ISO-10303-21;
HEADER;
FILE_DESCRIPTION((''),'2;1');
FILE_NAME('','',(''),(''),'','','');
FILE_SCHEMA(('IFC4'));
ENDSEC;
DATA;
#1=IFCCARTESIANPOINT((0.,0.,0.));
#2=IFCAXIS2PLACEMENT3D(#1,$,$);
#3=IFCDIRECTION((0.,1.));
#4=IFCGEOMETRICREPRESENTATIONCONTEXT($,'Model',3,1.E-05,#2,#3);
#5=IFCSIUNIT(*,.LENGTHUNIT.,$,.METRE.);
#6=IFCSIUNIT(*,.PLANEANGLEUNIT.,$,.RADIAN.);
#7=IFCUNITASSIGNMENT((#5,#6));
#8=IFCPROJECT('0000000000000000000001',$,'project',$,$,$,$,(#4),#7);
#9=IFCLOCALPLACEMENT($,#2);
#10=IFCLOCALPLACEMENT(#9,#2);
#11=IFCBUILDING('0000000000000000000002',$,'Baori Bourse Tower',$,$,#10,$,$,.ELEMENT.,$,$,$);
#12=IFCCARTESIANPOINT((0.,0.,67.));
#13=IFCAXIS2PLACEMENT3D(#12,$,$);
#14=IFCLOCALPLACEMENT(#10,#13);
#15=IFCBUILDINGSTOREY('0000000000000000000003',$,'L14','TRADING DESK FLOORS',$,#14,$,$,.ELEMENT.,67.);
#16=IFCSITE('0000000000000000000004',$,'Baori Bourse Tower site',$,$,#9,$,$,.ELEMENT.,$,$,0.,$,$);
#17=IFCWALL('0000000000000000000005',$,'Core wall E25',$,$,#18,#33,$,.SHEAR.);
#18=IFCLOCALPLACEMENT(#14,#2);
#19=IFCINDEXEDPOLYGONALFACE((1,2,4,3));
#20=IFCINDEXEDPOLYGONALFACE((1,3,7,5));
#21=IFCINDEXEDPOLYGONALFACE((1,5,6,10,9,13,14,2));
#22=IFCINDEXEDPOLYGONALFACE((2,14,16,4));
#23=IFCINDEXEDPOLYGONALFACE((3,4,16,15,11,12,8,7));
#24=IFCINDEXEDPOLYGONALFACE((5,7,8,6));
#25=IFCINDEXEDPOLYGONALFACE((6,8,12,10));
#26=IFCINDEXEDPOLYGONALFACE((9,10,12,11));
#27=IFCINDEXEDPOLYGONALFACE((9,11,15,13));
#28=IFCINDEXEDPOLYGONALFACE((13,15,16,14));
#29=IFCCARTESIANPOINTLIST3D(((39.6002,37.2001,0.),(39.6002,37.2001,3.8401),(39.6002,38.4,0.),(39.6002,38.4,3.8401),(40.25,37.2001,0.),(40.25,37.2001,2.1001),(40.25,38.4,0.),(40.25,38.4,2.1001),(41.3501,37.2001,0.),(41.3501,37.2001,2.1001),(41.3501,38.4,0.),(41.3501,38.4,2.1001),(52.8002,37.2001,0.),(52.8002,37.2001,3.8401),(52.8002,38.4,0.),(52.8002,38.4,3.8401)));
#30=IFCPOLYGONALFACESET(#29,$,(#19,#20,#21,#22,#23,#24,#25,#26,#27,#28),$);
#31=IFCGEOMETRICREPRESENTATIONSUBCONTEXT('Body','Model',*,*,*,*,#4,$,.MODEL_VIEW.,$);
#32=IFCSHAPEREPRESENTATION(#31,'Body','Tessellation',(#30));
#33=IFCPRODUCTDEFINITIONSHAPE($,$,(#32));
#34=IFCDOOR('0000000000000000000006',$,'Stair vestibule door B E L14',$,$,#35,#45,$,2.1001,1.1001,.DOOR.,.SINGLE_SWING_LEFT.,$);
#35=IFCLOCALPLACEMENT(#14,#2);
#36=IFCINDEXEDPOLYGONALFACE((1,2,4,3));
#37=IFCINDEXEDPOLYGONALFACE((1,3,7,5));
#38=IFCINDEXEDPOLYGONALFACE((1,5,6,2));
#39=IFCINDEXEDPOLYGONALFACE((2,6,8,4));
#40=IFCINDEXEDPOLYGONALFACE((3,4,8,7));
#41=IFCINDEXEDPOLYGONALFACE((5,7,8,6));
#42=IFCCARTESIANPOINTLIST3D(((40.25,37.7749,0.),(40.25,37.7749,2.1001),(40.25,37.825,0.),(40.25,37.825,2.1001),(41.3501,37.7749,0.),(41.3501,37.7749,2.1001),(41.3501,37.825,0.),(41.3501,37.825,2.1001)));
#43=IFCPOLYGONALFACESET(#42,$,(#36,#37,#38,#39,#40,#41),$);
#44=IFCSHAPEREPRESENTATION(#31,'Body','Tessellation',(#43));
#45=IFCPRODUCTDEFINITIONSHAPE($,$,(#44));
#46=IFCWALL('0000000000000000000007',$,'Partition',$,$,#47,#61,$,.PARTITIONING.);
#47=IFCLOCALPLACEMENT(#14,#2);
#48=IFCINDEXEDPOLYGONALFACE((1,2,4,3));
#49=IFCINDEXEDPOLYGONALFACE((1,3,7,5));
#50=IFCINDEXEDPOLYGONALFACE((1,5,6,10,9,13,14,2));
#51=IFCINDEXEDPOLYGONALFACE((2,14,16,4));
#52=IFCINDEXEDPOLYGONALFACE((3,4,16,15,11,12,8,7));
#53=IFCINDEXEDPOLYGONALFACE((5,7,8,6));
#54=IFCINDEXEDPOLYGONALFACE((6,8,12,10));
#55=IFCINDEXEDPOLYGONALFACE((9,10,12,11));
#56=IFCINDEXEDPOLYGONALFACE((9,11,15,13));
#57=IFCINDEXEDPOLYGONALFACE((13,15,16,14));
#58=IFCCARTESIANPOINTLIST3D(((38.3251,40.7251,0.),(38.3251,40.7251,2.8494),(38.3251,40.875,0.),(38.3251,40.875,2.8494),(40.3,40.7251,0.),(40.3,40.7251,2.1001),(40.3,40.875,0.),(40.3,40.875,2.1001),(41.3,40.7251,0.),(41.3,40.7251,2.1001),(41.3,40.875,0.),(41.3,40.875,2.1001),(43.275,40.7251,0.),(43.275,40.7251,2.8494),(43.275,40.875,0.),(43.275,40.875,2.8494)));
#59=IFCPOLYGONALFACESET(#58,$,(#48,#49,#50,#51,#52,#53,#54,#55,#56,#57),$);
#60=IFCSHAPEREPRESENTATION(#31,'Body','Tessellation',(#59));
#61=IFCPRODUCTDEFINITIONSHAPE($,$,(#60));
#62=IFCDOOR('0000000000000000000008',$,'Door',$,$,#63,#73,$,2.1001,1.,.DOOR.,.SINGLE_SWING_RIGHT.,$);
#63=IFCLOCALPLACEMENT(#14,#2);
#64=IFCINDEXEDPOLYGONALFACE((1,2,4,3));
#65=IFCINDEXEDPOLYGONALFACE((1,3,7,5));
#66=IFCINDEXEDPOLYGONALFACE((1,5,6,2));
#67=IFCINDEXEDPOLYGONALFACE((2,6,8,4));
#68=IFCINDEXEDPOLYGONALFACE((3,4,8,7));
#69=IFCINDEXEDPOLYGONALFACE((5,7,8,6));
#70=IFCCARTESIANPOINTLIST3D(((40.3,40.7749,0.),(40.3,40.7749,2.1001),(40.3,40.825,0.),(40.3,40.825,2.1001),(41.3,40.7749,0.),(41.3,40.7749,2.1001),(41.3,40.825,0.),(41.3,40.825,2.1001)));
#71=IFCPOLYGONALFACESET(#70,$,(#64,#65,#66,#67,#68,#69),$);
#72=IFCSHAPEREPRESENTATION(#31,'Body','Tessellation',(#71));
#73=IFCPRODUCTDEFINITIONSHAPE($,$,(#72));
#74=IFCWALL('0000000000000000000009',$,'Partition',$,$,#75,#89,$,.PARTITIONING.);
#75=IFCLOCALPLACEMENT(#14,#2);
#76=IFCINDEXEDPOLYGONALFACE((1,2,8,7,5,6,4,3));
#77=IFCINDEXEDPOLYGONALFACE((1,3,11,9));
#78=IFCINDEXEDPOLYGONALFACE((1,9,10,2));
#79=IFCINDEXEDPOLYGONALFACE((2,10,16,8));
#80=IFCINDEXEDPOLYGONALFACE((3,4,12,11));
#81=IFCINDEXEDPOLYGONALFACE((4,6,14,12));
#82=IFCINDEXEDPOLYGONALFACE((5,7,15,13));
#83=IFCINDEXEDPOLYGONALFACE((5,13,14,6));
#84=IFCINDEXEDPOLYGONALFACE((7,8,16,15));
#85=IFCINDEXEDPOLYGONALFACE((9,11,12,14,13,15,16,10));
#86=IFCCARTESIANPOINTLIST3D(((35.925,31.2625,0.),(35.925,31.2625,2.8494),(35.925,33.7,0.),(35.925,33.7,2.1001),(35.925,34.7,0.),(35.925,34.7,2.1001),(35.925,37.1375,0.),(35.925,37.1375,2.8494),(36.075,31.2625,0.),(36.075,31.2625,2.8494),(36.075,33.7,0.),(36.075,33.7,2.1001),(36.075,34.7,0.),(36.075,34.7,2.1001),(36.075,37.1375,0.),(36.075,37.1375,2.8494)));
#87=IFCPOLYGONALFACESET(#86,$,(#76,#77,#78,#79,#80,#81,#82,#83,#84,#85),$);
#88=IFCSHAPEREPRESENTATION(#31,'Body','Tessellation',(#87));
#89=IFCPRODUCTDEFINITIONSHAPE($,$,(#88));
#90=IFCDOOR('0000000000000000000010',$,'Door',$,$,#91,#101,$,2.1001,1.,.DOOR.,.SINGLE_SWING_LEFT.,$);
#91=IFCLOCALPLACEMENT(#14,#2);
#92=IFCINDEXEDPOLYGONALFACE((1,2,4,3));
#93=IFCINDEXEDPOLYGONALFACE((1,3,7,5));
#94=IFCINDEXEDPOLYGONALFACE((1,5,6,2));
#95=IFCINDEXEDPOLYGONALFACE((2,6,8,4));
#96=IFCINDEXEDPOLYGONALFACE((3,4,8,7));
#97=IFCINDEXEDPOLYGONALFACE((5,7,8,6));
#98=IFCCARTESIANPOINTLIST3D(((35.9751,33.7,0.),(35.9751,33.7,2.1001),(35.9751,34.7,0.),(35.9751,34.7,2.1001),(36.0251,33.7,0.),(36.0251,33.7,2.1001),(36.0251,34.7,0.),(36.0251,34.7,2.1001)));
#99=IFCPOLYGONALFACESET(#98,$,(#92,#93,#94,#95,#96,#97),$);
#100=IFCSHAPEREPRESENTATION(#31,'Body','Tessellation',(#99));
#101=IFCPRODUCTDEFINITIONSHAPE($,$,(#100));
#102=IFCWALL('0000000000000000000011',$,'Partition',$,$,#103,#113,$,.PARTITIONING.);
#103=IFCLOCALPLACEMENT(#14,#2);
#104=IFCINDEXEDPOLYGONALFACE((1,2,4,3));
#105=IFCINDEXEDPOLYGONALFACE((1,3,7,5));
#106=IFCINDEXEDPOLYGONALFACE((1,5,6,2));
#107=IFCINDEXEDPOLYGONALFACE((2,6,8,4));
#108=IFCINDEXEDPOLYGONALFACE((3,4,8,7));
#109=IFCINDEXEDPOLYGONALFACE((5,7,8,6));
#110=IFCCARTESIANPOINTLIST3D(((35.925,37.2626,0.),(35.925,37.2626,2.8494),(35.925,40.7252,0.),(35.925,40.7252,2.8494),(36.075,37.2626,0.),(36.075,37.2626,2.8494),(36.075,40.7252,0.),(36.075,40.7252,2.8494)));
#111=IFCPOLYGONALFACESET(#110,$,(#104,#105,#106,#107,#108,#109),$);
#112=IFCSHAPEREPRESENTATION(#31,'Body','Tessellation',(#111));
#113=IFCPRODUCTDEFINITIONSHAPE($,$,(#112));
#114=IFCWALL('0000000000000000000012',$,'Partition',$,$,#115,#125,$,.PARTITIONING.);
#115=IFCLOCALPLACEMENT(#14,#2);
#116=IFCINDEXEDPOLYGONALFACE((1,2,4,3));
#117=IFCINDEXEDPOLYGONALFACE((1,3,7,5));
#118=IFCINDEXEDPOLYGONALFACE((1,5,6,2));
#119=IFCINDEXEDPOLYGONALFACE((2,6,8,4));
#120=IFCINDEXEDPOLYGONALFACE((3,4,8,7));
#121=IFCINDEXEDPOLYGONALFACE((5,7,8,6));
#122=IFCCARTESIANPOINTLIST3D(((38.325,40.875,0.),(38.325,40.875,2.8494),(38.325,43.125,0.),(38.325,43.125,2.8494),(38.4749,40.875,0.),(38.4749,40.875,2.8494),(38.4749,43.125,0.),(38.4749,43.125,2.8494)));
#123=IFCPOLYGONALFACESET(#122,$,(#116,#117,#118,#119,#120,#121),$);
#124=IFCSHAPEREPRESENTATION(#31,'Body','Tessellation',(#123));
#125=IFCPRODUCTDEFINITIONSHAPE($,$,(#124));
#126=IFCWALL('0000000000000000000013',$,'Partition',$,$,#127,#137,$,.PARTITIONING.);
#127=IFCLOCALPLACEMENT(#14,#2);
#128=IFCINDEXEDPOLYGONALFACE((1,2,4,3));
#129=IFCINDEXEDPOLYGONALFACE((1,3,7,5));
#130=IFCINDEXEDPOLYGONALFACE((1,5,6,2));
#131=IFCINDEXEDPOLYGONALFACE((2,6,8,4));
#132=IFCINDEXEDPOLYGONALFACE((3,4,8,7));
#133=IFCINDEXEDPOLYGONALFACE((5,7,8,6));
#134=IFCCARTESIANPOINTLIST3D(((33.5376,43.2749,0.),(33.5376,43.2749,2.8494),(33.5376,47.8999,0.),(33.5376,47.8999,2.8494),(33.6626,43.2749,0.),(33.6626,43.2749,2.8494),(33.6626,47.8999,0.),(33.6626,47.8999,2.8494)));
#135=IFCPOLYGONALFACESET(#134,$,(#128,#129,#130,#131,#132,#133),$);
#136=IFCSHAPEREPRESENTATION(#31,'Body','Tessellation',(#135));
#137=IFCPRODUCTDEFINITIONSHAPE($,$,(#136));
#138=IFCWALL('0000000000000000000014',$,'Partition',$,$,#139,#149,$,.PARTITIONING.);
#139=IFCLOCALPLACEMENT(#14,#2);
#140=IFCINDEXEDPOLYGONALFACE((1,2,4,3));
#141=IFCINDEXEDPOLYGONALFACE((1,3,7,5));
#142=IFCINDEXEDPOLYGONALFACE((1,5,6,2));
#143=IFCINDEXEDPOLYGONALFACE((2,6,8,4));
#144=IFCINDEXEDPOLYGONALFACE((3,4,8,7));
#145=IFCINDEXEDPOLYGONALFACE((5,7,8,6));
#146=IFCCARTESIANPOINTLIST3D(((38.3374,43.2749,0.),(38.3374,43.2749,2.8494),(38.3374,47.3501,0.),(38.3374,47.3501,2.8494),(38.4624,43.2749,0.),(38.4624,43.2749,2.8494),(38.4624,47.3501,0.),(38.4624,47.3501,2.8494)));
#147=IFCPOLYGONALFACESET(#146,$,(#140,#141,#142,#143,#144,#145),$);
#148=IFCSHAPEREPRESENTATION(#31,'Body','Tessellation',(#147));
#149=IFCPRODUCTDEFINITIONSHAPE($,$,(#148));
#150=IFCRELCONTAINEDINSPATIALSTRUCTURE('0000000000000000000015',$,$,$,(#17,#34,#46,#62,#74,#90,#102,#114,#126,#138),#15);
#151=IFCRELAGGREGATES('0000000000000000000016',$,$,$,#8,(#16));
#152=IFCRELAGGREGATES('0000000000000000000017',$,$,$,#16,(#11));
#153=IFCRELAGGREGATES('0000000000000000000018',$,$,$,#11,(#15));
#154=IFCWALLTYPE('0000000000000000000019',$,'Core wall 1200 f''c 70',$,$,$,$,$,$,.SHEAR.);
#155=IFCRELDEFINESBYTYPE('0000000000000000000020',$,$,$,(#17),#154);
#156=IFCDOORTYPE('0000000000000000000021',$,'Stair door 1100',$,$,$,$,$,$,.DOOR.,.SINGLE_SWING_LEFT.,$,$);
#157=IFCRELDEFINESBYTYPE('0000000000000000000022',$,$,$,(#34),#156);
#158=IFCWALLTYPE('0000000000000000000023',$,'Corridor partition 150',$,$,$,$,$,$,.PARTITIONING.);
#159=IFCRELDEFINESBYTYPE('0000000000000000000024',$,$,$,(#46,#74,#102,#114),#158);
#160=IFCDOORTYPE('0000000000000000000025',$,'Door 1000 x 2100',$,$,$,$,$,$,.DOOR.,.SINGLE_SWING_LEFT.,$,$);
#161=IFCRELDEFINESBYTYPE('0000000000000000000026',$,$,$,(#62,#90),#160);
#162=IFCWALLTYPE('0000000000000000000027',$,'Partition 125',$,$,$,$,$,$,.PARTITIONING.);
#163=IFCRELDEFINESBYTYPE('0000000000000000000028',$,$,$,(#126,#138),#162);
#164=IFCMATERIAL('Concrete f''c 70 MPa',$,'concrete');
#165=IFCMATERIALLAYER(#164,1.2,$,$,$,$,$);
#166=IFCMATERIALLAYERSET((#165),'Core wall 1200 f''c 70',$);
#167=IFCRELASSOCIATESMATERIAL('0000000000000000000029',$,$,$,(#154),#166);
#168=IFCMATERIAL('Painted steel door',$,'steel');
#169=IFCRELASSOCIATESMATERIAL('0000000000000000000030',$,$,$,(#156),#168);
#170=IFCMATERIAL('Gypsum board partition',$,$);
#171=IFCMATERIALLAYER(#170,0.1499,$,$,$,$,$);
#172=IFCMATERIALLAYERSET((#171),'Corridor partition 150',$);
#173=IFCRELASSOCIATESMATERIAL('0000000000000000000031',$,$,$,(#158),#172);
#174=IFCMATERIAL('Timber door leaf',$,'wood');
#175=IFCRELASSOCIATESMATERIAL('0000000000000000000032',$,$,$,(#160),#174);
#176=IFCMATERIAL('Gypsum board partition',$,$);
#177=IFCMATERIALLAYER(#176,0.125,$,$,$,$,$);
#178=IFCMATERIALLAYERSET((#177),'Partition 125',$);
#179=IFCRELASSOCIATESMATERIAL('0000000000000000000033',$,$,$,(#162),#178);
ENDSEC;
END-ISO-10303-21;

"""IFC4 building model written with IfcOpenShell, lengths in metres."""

from ifc_helpers import new_model, si_unit, direction, frame, frame_2d, origin, place, context, subcontext, project, spatial, rectangle, extrude, material, layer, layer_set, type_object, element, fill, save


model = new_model("IFC4")

# Units and contexts
model_context = context("Model", 3, precision=1e-05, world=origin(), true_north=direction((0.0, 1.0)))
body_context = subcontext(model_context, "Body", "Model", "MODEL_VIEW")
ifc_project = project(units=[si_unit("LENGTHUNIT", "METRE"), si_unit("PLANEANGLEUNIT", "RADIAN")], contexts=[model_context])

# Site, building, storey
site_placement = place(None, origin())
site = spatial("IfcSite", under=ifc_project, at=site_placement, Name="Baori Bourse Tower site", CompositionType="ELEMENT", RefElevation=0.0)
building_placement = place(site_placement, origin())
building = spatial("IfcBuilding", under=site, at=building_placement, Name="Baori Bourse Tower", CompositionType="ELEMENT")
storey_placement = place(building_placement, frame((0.0, 0.0, 67.0)))
storey = spatial("IfcBuildingStorey", under=building, at=storey_placement, Name="L14", Description="TRADING DESK FLOORS", CompositionType="ELEMENT", Elevation=67.0)

# Walls, openings, doors
ifc_material_1 = material(Name="Concrete f'c 70 MPa", Category="concrete")
ifc_layer_1 = layer(ifc_material_1, 1.2)
ifc_layer_set_1 = layer_set([ifc_layer_1], Name="Core wall 1200 f'c 70")
wall_type_1 = type_object("IfcWallType", Name="Core wall 1200 f'c 70", PredefinedType="SHEAR", material=ifc_layer_set_1)
wall_1_placement = place(storey_placement, frame((39.6001, 37.8, 0.0), z_axis=(0.0, 0.0, 1.0), x_axis=(1.0, 0.0, 0.0)))
wall_1 = element("IfcWall", 1, at=wall_1_placement, inside=storey, type_object=wall_type_1, Name="Core wall E25", PredefinedType="SHEAR", context=body_context, shape_type="SweptSolid", body=[
    extrude(rectangle(XDim=13.2, YDim=1.2, at=frame_2d((6.6001, 0.0))), origin(), (0.0, 0.0, 1.0), 3.8401),
])
opening_1_placement = place(wall_1_placement, frame((0.6499, 0.0, 0.0)))
opening_1 = element("IfcOpeningElement", 2, at=opening_1_placement, cuts=wall_1, PredefinedType="OPENING", context=body_context, shape_type="SweptSolid", body=[
    extrude(rectangle(XDim=1.1001, YDim=2.1001, at=frame_2d((0.55, 1.05))), frame((0.0, 0.6099, 0.0), z_axis=(0.0, -1.0, 0.0), x_axis=(1.0, 0.0, 0.0)), (0.0, 0.0, 1.0), 1.22),
])
ifc_material_2 = material(Name="Painted steel door", Category="steel")
door_type_1 = type_object("IfcDoorType", Name="Stair door 1100", OperationType="SINGLE_SWING_LEFT", PredefinedType="DOOR", material=ifc_material_2)
door_1_placement = place(opening_1_placement, origin())
door_1 = element("IfcDoor", 3, at=door_1_placement, inside=storey, type_object=door_type_1, Name="Stair vestibule door B E L14", OperationType="SINGLE_SWING_LEFT", OverallHeight=2.1001, OverallWidth=1.1001, PredefinedType="DOOR", context=body_context, shape_type="SweptSolid", body=[
    extrude(rectangle(XDim=1.1001, YDim=2.1001, at=frame_2d((0.55, 1.05))), frame((0.0, 0.0249, 0.0), z_axis=(0.0, -1.0, 0.0), x_axis=(1.0, 0.0, 0.0)), (0.0, 0.0, 1.0), 0.05),
])
fill(opening_1, door_1)
ifc_material_3 = material(Name="Gypsum board partition")
ifc_layer_2 = layer(ifc_material_3, 0.1499)
ifc_layer_set_2 = layer_set([ifc_layer_2], Name="Corridor partition 150")
wall_type_2 = type_object("IfcWallType", Name="Corridor partition 150", PredefinedType="PARTITIONING", material=ifc_layer_set_2)
wall_2_placement = place(storey_placement, frame((38.325, 40.8, 0.0), z_axis=(0.0, 0.0, 1.0), x_axis=(1.0, 0.0, 0.0)))
wall_2 = element("IfcWall", 4, at=wall_2_placement, inside=storey, type_object=wall_type_2, Name="Partition", PredefinedType="PARTITIONING", context=body_context, shape_type="SweptSolid", body=[
    extrude(rectangle(XDim=4.95, YDim=0.1499, at=frame_2d((2.4751, 0.0))), origin(), (0.0, 0.0, 1.0), 2.8494),
])
opening_2_placement = place(wall_2_placement, frame((1.9751, 0.0, 0.0)))
opening_2 = element("IfcOpeningElement", 5, at=opening_2_placement, cuts=wall_2, PredefinedType="OPENING", context=body_context, shape_type="SweptSolid", body=[
    extrude(rectangle(XDim=1.0, YDim=2.1001, at=frame_2d((0.5, 1.05))), frame((0.0, 0.085, 0.0), z_axis=(0.0, -1.0, 0.0), x_axis=(1.0, 0.0, 0.0)), (0.0, 0.0, 1.0), 0.1699),
])
ifc_material_4 = material(Name="Timber door leaf", Category="wood")
door_type_2 = type_object("IfcDoorType", Name="Door 1000 x 2100", OperationType="SINGLE_SWING_LEFT", PredefinedType="DOOR", material=ifc_material_4)
door_2_placement = place(opening_2_placement, origin())
door_2 = element("IfcDoor", 6, at=door_2_placement, inside=storey, type_object=door_type_2, Name="Door", OperationType="SINGLE_SWING_RIGHT", OverallHeight=2.1001, OverallWidth=1.0, PredefinedType="DOOR", context=body_context, shape_type="SweptSolid", body=[
    extrude(rectangle(XDim=1.0, YDim=2.1001, at=frame_2d((0.5, 1.05))), frame((0.0, 0.0249, 0.0), z_axis=(0.0, -1.0, 0.0), x_axis=(1.0, 0.0, 0.0)), (0.0, 0.0, 1.0), 0.05),
])
fill(opening_2, door_2)
wall_3_placement = place(storey_placement, frame((36.0, 31.2625, 0.0), z_axis=(0.0, 0.0, 1.0), x_axis=(0.0, 1.0, 0.0)))
wall_3 = element("IfcWall", 7, at=wall_3_placement, inside=storey, type_object=wall_type_2, Name="Partition", PredefinedType="PARTITIONING", context=body_context, shape_type="SweptSolid", body=[
    extrude(rectangle(XDim=5.875, YDim=0.1499, at=frame_2d((2.9375, 0.0))), origin(), (0.0, 0.0, 1.0), 2.8494),
])
opening_3_placement = place(wall_3_placement, frame((2.4375, 0.0, 0.0)))
opening_3 = element("IfcOpeningElement", 8, at=opening_3_placement, cuts=wall_3, PredefinedType="OPENING", context=body_context, shape_type="SweptSolid", body=[
    extrude(rectangle(XDim=1.0, YDim=2.1001, at=frame_2d((0.5, 1.05))), frame((0.0, 0.085, 0.0), z_axis=(0.0, -1.0, 0.0), x_axis=(1.0, 0.0, 0.0)), (0.0, 0.0, 1.0), 0.1699),
])
door_3_placement = place(opening_3_placement, origin())
door_3 = element("IfcDoor", 9, at=door_3_placement, inside=storey, type_object=door_type_2, Name="Door", OperationType="SINGLE_SWING_LEFT", OverallHeight=2.1001, OverallWidth=1.0, PredefinedType="DOOR", context=body_context, shape_type="SweptSolid", body=[
    extrude(rectangle(XDim=1.0, YDim=2.1001, at=frame_2d((0.5, 1.05))), frame((0.0, 0.0249, 0.0), z_axis=(0.0, -1.0, 0.0), x_axis=(1.0, 0.0, 0.0)), (0.0, 0.0, 1.0), 0.05),
])
fill(opening_3, door_3)

# Walls
wall_4_placement = place(storey_placement, frame((36.0, 37.2625, 0.0), z_axis=(0.0, 0.0, 1.0), x_axis=(0.0, 1.0, 0.0)))
element("IfcWall", 10, at=wall_4_placement, inside=storey, type_object=wall_type_2, Name="Partition", PredefinedType="PARTITIONING", context=body_context, shape_type="SweptSolid", body=[
    extrude(rectangle(XDim=3.4626, YDim=0.1499, at=frame_2d((1.7314, 0.0))), origin(), (0.0, 0.0, 1.0), 2.8494),
])
wall_5_placement = place(storey_placement, frame((38.3999, 40.875, 0.0), z_axis=(0.0, 0.0, 1.0), x_axis=(0.0, 1.0, 0.0)))
element("IfcWall", 11, at=wall_5_placement, inside=storey, type_object=wall_type_2, Name="Partition", PredefinedType="PARTITIONING", context=body_context, shape_type="SweptSolid", body=[
    extrude(rectangle(XDim=2.25, YDim=0.1499, at=frame_2d((1.125, 0.0))), origin(), (0.0, 0.0, 1.0), 2.8494),
])
ifc_material_5 = material(Name="Gypsum board partition")
ifc_layer_3 = layer(ifc_material_5, 0.125)
ifc_layer_set_3 = layer_set([ifc_layer_3], Name="Partition 125")
wall_type_3 = type_object("IfcWallType", Name="Partition 125", PredefinedType="PARTITIONING", material=ifc_layer_set_3)
wall_6_placement = place(storey_placement, frame((33.6001, 43.2749, 0.0), z_axis=(0.0, 0.0, 1.0), x_axis=(0.0, 1.0, 0.0)))
element("IfcWall", 12, at=wall_6_placement, inside=storey, type_object=wall_type_3, Name="Partition", PredefinedType="PARTITIONING", context=body_context, shape_type="SweptSolid", body=[
    extrude(rectangle(XDim=4.625, YDim=0.125, at=frame_2d((2.3125, 0.0))), origin(), (0.0, 0.0, 1.0), 2.8494),
])
wall_7_placement = place(storey_placement, frame((38.3999, 43.2749, 0.0), z_axis=(0.0, 0.0, 1.0), x_axis=(0.0, 1.0, 0.0)))
element("IfcWall", 13, at=wall_7_placement, inside=storey, type_object=wall_type_3, Name="Partition", PredefinedType="PARTITIONING", context=body_context, shape_type="SweptSolid", body=[
    extrude(rectangle(XDim=4.0752, YDim=0.125, at=frame_2d((2.0376, 0.0))), origin(), (0.0, 0.0, 1.0), 2.8494),
])

save(model, "model.ifc")
